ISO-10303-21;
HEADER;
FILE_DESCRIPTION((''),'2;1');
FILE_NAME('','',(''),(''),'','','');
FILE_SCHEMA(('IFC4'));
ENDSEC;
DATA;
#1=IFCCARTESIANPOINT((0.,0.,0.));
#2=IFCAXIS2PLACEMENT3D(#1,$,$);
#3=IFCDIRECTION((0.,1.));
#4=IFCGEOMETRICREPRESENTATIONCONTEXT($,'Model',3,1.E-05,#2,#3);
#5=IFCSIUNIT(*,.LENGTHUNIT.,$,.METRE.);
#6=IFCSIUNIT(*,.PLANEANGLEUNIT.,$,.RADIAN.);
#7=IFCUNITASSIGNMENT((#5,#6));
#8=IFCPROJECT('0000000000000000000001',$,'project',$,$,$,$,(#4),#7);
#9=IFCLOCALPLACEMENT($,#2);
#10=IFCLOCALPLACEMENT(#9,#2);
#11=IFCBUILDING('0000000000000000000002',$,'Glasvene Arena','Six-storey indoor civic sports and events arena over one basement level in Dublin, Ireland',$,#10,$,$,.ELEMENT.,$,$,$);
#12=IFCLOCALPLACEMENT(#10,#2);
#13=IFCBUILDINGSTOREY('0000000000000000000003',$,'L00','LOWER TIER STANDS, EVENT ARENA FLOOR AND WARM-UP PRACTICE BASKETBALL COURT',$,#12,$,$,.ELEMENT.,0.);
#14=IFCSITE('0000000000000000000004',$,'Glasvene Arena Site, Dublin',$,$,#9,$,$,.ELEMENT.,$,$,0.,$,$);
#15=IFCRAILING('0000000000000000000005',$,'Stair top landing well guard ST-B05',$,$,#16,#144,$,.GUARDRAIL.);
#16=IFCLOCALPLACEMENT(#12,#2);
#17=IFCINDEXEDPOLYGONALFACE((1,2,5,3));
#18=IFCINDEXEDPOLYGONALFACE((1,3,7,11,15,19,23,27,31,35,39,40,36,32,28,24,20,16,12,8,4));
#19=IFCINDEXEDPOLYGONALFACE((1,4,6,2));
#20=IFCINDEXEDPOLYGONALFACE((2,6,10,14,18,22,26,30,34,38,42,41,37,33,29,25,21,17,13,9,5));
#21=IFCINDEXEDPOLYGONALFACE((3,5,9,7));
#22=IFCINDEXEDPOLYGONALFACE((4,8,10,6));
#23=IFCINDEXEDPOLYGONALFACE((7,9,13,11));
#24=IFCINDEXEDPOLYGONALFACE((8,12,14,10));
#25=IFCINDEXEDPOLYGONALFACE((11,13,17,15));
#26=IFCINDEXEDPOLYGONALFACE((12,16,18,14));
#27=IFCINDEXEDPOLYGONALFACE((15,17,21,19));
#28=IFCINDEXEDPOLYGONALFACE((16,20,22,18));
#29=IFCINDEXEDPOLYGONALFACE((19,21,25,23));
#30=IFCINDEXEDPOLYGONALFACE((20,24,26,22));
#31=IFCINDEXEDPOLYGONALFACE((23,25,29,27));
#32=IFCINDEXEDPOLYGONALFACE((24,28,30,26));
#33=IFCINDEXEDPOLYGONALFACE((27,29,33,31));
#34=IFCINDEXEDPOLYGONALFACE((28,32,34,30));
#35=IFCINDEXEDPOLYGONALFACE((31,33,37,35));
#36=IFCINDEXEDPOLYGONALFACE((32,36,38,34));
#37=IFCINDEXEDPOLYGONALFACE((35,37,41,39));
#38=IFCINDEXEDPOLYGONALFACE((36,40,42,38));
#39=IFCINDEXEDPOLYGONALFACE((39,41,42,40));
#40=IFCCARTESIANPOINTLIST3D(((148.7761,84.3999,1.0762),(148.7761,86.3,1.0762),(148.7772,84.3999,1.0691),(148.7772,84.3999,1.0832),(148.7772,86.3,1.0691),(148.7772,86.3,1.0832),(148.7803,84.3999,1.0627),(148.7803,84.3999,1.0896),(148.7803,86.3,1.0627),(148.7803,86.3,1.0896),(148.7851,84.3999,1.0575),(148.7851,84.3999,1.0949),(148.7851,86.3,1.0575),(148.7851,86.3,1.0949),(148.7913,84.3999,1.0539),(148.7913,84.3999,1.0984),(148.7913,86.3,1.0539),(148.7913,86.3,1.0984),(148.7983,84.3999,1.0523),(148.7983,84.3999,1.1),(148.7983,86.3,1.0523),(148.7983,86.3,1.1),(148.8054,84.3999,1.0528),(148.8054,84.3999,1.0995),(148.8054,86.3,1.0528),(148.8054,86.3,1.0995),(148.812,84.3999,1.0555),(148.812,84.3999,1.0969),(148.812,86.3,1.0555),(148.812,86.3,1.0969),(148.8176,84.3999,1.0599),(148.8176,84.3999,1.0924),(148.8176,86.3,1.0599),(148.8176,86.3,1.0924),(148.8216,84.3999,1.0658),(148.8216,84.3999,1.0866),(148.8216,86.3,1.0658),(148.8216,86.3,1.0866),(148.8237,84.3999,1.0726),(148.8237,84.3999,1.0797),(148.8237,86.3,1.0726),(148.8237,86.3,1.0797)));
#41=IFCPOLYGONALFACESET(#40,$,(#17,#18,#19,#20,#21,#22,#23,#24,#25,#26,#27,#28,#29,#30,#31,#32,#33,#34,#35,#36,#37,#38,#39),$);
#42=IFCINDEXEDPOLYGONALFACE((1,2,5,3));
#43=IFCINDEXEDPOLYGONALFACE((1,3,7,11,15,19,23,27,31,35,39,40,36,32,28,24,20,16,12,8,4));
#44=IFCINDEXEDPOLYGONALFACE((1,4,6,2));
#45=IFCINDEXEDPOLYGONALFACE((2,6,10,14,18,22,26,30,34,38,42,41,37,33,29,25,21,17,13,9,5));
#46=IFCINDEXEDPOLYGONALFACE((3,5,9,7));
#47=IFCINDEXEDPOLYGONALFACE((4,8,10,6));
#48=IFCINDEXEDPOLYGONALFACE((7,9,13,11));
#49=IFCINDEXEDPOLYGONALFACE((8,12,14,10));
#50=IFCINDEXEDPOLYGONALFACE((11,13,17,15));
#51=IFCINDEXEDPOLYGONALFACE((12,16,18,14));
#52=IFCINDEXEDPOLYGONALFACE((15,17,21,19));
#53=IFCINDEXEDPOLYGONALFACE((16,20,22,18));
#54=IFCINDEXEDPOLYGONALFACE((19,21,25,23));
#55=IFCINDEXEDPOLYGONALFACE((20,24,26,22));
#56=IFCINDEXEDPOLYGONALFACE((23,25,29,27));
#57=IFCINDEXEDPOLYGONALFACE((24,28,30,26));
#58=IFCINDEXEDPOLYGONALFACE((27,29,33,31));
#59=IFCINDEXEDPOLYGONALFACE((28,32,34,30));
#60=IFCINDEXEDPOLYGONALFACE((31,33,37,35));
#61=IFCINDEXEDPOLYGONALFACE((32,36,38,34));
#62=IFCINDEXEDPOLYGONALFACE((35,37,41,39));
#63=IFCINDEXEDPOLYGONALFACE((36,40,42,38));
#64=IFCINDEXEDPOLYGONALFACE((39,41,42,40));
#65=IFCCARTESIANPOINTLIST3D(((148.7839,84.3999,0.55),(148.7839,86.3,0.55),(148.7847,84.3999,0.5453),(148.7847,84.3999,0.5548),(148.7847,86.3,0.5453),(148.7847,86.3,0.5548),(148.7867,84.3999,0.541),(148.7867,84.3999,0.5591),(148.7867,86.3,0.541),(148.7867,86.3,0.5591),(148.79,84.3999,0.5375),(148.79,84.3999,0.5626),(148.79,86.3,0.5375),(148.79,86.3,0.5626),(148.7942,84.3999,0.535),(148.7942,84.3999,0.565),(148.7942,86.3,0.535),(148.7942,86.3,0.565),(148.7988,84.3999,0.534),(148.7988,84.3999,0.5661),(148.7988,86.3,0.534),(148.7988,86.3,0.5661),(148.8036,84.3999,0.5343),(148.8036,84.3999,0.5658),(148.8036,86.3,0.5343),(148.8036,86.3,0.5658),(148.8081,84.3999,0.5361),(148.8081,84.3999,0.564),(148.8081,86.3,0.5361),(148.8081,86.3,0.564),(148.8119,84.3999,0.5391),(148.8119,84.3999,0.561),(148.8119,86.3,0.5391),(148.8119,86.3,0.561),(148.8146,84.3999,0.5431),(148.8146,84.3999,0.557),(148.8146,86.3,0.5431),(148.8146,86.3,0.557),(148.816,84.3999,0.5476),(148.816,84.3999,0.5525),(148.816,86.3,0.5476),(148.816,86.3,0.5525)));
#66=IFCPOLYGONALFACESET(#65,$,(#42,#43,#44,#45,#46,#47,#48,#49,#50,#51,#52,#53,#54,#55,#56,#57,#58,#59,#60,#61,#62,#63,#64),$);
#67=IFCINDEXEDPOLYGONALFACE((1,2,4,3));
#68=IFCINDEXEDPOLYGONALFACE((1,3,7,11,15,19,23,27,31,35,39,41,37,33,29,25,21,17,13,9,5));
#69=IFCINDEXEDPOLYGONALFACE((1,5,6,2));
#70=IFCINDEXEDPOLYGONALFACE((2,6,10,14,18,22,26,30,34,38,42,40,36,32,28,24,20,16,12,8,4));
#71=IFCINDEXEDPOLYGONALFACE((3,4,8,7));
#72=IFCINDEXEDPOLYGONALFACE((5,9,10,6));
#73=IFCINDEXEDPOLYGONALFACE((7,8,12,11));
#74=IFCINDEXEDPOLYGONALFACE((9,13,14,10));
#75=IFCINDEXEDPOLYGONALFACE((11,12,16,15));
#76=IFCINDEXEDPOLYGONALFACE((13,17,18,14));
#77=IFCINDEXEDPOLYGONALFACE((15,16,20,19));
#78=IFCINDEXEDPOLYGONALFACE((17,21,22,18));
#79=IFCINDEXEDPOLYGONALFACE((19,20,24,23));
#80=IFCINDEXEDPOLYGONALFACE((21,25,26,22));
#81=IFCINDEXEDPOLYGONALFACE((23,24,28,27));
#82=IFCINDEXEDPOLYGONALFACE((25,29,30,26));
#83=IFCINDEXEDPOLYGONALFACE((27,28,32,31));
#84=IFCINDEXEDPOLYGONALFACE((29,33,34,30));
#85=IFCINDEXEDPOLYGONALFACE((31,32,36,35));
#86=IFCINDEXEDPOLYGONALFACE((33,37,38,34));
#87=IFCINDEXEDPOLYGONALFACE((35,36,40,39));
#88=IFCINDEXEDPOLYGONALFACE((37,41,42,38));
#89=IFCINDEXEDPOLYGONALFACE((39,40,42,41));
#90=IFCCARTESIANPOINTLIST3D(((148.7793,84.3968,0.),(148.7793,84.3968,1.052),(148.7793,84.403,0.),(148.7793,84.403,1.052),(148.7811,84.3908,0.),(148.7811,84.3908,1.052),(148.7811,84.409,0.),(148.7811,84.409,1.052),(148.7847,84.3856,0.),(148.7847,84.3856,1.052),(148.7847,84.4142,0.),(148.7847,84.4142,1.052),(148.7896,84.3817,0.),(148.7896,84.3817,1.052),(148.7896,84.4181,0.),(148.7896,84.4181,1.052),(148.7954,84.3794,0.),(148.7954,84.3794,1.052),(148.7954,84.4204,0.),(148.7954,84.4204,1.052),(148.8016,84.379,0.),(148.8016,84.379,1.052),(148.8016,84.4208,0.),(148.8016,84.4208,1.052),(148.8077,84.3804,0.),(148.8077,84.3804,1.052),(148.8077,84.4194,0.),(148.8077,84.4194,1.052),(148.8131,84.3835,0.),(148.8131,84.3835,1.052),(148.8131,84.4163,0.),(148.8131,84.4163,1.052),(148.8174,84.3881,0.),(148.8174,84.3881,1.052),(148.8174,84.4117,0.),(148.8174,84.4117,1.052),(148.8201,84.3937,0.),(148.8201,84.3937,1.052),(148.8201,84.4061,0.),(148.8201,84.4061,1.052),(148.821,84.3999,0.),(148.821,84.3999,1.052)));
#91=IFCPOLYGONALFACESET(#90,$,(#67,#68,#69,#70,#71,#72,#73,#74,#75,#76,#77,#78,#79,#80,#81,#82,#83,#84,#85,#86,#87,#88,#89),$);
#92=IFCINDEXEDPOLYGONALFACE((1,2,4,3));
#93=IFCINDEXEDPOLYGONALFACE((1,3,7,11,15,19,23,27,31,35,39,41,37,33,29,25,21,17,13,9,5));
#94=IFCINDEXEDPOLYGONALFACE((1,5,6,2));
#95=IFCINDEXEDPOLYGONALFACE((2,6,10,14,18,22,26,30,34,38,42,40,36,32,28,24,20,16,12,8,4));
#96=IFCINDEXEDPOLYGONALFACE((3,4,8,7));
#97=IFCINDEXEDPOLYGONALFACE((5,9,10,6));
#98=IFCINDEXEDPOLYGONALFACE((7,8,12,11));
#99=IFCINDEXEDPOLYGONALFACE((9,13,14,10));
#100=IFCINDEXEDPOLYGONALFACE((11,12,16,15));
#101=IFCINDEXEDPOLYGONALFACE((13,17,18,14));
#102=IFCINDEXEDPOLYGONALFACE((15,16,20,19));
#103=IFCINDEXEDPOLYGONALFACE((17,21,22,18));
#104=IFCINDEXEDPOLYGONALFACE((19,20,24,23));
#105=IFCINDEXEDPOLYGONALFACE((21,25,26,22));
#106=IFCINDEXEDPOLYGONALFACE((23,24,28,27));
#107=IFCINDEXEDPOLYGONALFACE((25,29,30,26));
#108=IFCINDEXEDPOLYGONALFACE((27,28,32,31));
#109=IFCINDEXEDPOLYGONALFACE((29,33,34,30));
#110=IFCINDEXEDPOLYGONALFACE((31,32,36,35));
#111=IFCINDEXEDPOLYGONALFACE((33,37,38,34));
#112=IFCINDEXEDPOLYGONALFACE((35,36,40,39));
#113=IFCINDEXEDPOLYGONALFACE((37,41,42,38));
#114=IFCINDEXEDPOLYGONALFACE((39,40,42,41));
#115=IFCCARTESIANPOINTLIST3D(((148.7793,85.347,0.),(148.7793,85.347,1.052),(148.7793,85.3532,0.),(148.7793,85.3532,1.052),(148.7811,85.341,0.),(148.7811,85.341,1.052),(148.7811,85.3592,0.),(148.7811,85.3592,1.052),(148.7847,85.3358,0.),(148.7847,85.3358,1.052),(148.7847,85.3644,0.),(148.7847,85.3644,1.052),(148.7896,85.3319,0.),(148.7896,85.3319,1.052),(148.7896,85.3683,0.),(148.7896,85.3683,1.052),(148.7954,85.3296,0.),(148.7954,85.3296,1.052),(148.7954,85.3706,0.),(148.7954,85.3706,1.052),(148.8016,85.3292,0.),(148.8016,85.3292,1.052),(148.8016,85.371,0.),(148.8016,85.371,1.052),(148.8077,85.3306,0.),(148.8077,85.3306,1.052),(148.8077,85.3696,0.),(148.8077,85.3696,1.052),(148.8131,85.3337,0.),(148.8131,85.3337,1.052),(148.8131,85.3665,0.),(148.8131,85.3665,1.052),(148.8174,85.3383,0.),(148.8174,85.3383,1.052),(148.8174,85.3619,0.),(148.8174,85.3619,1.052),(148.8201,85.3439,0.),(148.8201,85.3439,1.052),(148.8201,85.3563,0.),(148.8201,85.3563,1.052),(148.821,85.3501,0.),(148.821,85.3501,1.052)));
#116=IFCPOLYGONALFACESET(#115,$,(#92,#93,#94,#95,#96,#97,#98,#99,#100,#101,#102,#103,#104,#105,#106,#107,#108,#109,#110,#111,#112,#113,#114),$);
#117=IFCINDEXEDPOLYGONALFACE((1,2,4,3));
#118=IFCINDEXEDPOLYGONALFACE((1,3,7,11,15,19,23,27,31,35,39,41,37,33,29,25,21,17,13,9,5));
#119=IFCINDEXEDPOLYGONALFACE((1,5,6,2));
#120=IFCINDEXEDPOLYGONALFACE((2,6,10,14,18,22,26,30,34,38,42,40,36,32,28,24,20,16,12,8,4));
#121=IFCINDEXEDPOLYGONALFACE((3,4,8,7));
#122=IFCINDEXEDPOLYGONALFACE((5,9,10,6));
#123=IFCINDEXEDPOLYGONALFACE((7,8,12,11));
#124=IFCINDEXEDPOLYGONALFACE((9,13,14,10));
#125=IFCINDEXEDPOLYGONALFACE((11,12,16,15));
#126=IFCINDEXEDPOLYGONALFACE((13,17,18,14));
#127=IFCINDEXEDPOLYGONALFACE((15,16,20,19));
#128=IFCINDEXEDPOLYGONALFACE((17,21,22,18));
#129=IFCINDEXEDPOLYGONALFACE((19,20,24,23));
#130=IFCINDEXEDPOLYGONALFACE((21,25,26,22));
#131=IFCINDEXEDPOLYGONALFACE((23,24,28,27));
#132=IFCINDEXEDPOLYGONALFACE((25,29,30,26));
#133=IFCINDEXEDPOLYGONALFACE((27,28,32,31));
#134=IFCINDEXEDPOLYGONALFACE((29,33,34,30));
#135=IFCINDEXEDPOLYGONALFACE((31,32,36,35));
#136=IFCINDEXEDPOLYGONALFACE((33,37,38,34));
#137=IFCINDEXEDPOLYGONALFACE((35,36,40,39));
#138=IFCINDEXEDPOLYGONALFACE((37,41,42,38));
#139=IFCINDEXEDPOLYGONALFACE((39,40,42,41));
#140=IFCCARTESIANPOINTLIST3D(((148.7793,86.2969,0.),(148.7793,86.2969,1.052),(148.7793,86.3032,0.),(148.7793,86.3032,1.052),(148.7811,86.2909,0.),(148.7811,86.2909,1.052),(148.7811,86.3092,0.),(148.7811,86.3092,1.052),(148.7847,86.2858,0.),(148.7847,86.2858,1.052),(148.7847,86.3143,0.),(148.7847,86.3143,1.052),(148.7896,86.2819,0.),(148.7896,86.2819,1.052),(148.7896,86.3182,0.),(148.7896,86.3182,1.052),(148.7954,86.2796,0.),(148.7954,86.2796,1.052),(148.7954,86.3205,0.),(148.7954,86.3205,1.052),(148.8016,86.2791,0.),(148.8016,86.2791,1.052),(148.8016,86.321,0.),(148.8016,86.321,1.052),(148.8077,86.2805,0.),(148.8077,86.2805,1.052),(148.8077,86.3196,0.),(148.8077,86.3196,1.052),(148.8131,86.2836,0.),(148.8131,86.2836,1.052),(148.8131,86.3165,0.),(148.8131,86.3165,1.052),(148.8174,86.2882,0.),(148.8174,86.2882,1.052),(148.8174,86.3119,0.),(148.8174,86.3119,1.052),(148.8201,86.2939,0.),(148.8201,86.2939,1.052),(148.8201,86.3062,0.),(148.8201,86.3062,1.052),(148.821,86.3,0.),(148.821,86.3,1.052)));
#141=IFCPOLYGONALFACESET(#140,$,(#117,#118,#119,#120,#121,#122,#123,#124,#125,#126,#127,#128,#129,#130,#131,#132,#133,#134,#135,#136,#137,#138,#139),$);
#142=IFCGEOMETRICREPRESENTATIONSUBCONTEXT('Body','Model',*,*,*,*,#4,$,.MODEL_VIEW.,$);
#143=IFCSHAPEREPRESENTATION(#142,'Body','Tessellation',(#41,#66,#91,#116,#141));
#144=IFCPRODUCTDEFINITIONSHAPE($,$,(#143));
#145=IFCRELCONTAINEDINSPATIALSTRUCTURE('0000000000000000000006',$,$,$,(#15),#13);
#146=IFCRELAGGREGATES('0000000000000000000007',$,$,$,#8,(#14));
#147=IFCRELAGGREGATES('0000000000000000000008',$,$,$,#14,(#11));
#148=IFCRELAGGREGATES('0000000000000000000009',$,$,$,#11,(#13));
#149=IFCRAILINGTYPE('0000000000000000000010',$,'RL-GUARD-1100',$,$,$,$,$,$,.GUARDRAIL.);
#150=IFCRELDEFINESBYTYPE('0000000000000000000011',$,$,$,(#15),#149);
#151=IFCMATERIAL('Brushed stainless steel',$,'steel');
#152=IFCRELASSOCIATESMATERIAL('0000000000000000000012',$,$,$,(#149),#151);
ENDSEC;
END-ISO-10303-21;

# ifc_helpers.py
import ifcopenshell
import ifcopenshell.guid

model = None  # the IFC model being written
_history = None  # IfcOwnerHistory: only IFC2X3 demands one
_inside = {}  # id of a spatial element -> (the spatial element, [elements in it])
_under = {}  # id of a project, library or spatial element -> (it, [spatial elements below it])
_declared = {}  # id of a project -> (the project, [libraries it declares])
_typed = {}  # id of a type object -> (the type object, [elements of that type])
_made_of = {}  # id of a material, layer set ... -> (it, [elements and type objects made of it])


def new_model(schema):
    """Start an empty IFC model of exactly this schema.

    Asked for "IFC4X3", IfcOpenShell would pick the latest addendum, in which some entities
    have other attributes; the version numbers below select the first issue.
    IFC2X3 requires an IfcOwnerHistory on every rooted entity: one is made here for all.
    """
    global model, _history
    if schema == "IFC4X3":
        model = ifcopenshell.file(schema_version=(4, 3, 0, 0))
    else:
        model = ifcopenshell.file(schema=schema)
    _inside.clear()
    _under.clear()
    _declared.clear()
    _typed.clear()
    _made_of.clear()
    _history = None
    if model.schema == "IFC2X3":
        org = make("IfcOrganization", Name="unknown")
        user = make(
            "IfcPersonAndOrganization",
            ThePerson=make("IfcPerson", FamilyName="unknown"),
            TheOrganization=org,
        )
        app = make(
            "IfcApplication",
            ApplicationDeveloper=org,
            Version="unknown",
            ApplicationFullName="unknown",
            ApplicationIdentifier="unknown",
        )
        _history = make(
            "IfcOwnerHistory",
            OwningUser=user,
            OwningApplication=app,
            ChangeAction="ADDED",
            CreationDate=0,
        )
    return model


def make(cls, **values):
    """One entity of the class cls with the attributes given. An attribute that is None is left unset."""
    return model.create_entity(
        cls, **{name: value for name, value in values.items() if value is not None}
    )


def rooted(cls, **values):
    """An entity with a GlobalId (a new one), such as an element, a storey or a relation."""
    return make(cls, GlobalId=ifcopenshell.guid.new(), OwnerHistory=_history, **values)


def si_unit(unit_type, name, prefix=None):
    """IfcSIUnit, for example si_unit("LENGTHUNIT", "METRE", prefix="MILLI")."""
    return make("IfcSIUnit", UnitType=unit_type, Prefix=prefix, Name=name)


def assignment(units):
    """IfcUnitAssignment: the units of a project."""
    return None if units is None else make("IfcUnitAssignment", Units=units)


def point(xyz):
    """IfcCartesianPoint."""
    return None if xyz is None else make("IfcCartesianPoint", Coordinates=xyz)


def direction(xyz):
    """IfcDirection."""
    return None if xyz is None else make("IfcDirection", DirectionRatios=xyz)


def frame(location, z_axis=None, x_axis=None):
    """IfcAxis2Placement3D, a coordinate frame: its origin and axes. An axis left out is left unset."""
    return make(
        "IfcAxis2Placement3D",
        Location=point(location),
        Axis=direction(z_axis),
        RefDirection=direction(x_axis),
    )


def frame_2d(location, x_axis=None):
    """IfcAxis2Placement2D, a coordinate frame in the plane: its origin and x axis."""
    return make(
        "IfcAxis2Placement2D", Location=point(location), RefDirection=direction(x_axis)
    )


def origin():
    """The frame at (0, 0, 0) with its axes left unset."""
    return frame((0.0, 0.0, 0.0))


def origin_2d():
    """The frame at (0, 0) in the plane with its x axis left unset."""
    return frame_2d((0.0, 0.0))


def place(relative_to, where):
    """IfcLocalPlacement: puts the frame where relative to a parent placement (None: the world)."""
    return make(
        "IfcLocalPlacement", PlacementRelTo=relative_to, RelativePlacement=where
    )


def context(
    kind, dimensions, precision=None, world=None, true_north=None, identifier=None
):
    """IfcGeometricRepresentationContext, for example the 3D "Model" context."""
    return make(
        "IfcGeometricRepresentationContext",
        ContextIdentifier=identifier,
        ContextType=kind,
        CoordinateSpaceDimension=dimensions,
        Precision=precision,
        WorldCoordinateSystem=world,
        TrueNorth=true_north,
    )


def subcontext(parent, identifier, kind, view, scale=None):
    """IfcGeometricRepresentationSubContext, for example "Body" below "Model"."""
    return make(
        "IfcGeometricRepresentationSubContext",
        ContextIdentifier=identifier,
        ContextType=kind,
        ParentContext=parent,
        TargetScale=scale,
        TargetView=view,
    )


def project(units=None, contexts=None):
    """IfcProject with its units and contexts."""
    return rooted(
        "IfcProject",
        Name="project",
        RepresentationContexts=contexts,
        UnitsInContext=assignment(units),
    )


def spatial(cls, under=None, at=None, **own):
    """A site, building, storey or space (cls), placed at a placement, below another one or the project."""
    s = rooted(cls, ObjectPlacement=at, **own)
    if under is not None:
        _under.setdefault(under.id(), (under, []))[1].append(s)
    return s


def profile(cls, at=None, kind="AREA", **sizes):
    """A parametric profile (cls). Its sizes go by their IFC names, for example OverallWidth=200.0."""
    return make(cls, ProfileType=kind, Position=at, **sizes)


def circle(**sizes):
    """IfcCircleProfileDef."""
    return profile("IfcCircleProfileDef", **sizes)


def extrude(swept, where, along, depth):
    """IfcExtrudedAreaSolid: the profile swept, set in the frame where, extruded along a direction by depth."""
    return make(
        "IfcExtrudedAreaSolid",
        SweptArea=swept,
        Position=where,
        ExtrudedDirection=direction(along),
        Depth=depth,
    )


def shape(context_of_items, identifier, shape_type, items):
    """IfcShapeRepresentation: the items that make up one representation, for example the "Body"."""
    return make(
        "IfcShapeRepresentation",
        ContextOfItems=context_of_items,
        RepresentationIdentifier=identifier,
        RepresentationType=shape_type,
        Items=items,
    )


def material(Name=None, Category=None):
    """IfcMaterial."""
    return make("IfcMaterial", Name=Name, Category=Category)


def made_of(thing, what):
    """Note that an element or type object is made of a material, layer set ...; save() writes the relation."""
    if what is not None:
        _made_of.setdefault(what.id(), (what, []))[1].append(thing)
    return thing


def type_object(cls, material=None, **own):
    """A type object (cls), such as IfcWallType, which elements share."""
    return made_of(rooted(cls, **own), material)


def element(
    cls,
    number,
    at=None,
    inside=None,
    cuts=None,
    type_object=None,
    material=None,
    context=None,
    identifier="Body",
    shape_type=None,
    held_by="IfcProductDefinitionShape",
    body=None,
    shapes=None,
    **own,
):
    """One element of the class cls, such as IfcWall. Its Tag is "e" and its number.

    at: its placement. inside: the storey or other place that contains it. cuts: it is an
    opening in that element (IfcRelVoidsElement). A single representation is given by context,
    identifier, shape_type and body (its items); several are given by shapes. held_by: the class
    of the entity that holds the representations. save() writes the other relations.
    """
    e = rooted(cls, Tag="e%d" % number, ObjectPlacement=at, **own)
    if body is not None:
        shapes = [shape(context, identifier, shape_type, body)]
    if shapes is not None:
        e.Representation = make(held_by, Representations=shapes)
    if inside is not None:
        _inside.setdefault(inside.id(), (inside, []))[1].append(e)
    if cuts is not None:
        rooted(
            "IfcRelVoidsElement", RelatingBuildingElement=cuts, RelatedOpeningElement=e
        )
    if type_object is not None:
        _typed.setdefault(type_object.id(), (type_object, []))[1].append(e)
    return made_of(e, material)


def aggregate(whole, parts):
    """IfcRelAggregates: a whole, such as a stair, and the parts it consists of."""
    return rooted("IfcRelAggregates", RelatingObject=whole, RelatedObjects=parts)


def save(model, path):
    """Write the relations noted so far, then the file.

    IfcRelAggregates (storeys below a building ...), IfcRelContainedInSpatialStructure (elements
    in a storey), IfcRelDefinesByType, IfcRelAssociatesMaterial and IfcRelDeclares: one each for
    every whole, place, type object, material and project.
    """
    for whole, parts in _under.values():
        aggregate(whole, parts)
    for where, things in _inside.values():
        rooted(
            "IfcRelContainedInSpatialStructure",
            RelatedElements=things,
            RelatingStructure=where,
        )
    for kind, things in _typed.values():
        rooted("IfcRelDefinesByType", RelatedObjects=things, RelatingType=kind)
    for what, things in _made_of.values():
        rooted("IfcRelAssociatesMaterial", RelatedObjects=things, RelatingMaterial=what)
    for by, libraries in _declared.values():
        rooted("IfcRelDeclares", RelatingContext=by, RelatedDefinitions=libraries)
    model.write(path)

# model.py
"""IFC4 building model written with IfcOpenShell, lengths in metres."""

from ifc_helpers import new_model, si_unit, direction, frame, origin, origin_2d, place, context, subcontext, project, spatial, circle, extrude, material, type_object, element, save


model = new_model("IFC4")

# Units and contexts
model_context = context("Model", 3, precision=1e-05, world=origin(), true_north=direction((0.0, 1.0)))
body_context = subcontext(model_context, "Body", "Model", "MODEL_VIEW")
ifc_project = project(units=[si_unit("LENGTHUNIT", "METRE"), si_unit("PLANEANGLEUNIT", "RADIAN")], contexts=[model_context])

# Site, building, storey
site_placement = place(None, origin())
site = spatial("IfcSite", under=ifc_project, at=site_placement, Name="Glasvene Arena Site, Dublin", CompositionType="ELEMENT", RefElevation=0.0)
building_placement = place(site_placement, origin())
building = spatial("IfcBuilding", under=site, at=building_placement, Name="Glasvene Arena", Description="Six-storey indoor civic sports and events arena over one basement level in Dublin, Ireland", CompositionType="ELEMENT")
storey_placement = place(building_placement, origin())
storey = spatial("IfcBuildingStorey", under=building, at=storey_placement, Name="L00", Description="LOWER TIER STANDS, EVENT ARENA FLOOR AND WARM-UP PRACTICE BASKETBALL COURT", CompositionType="ELEMENT", Elevation=0.0)

# Railing
ifc_material_1 = material(Name="Brushed stainless steel", Category="steel")
railing_type = type_object("IfcRailingType", Name="RL-GUARD-1100", PredefinedType="GUARDRAIL", material=ifc_material_1)
railing_placement = place(storey_placement, frame((148.8, 84.3999, 0.0)))
element("IfcRailing", 1, at=railing_placement, inside=storey, type_object=railing_type, Name="Stair top landing well guard ST-B05", PredefinedType="GUARDRAIL", context=body_context, shape_type="SweptSolid", body=[
    extrude(circle(Radius=0.0239, at=origin_2d()), frame((0.0, 0.0, 1.0762), z_axis=(0.0, 1.0, 0.0), x_axis=(-1.0, 0.0, 0.0)), (0.0, 0.0, 1.0), 1.9001),
    extrude(circle(Radius=0.0161, at=origin_2d()), frame((0.0, 0.0, 0.55), z_axis=(0.0, 1.0, 0.0), x_axis=(-1.0, 0.0, 0.0)), (0.0, 0.0, 1.0), 1.9001),
    extrude(circle(Radius=0.021, at=origin_2d()), origin(), (0.0, 0.0, 1.0), 1.052),
    extrude(circle(Radius=0.021, at=origin_2d()), frame((0.0, 0.9502, 0.0)), (0.0, 0.0, 1.0), 1.052),
    extrude(circle(Radius=0.021, at=origin_2d()), frame((0.0, 1.9001, 0.0)), (0.0, 0.0, 1.0), 1.052),
])

save(model, "model.ifc")
